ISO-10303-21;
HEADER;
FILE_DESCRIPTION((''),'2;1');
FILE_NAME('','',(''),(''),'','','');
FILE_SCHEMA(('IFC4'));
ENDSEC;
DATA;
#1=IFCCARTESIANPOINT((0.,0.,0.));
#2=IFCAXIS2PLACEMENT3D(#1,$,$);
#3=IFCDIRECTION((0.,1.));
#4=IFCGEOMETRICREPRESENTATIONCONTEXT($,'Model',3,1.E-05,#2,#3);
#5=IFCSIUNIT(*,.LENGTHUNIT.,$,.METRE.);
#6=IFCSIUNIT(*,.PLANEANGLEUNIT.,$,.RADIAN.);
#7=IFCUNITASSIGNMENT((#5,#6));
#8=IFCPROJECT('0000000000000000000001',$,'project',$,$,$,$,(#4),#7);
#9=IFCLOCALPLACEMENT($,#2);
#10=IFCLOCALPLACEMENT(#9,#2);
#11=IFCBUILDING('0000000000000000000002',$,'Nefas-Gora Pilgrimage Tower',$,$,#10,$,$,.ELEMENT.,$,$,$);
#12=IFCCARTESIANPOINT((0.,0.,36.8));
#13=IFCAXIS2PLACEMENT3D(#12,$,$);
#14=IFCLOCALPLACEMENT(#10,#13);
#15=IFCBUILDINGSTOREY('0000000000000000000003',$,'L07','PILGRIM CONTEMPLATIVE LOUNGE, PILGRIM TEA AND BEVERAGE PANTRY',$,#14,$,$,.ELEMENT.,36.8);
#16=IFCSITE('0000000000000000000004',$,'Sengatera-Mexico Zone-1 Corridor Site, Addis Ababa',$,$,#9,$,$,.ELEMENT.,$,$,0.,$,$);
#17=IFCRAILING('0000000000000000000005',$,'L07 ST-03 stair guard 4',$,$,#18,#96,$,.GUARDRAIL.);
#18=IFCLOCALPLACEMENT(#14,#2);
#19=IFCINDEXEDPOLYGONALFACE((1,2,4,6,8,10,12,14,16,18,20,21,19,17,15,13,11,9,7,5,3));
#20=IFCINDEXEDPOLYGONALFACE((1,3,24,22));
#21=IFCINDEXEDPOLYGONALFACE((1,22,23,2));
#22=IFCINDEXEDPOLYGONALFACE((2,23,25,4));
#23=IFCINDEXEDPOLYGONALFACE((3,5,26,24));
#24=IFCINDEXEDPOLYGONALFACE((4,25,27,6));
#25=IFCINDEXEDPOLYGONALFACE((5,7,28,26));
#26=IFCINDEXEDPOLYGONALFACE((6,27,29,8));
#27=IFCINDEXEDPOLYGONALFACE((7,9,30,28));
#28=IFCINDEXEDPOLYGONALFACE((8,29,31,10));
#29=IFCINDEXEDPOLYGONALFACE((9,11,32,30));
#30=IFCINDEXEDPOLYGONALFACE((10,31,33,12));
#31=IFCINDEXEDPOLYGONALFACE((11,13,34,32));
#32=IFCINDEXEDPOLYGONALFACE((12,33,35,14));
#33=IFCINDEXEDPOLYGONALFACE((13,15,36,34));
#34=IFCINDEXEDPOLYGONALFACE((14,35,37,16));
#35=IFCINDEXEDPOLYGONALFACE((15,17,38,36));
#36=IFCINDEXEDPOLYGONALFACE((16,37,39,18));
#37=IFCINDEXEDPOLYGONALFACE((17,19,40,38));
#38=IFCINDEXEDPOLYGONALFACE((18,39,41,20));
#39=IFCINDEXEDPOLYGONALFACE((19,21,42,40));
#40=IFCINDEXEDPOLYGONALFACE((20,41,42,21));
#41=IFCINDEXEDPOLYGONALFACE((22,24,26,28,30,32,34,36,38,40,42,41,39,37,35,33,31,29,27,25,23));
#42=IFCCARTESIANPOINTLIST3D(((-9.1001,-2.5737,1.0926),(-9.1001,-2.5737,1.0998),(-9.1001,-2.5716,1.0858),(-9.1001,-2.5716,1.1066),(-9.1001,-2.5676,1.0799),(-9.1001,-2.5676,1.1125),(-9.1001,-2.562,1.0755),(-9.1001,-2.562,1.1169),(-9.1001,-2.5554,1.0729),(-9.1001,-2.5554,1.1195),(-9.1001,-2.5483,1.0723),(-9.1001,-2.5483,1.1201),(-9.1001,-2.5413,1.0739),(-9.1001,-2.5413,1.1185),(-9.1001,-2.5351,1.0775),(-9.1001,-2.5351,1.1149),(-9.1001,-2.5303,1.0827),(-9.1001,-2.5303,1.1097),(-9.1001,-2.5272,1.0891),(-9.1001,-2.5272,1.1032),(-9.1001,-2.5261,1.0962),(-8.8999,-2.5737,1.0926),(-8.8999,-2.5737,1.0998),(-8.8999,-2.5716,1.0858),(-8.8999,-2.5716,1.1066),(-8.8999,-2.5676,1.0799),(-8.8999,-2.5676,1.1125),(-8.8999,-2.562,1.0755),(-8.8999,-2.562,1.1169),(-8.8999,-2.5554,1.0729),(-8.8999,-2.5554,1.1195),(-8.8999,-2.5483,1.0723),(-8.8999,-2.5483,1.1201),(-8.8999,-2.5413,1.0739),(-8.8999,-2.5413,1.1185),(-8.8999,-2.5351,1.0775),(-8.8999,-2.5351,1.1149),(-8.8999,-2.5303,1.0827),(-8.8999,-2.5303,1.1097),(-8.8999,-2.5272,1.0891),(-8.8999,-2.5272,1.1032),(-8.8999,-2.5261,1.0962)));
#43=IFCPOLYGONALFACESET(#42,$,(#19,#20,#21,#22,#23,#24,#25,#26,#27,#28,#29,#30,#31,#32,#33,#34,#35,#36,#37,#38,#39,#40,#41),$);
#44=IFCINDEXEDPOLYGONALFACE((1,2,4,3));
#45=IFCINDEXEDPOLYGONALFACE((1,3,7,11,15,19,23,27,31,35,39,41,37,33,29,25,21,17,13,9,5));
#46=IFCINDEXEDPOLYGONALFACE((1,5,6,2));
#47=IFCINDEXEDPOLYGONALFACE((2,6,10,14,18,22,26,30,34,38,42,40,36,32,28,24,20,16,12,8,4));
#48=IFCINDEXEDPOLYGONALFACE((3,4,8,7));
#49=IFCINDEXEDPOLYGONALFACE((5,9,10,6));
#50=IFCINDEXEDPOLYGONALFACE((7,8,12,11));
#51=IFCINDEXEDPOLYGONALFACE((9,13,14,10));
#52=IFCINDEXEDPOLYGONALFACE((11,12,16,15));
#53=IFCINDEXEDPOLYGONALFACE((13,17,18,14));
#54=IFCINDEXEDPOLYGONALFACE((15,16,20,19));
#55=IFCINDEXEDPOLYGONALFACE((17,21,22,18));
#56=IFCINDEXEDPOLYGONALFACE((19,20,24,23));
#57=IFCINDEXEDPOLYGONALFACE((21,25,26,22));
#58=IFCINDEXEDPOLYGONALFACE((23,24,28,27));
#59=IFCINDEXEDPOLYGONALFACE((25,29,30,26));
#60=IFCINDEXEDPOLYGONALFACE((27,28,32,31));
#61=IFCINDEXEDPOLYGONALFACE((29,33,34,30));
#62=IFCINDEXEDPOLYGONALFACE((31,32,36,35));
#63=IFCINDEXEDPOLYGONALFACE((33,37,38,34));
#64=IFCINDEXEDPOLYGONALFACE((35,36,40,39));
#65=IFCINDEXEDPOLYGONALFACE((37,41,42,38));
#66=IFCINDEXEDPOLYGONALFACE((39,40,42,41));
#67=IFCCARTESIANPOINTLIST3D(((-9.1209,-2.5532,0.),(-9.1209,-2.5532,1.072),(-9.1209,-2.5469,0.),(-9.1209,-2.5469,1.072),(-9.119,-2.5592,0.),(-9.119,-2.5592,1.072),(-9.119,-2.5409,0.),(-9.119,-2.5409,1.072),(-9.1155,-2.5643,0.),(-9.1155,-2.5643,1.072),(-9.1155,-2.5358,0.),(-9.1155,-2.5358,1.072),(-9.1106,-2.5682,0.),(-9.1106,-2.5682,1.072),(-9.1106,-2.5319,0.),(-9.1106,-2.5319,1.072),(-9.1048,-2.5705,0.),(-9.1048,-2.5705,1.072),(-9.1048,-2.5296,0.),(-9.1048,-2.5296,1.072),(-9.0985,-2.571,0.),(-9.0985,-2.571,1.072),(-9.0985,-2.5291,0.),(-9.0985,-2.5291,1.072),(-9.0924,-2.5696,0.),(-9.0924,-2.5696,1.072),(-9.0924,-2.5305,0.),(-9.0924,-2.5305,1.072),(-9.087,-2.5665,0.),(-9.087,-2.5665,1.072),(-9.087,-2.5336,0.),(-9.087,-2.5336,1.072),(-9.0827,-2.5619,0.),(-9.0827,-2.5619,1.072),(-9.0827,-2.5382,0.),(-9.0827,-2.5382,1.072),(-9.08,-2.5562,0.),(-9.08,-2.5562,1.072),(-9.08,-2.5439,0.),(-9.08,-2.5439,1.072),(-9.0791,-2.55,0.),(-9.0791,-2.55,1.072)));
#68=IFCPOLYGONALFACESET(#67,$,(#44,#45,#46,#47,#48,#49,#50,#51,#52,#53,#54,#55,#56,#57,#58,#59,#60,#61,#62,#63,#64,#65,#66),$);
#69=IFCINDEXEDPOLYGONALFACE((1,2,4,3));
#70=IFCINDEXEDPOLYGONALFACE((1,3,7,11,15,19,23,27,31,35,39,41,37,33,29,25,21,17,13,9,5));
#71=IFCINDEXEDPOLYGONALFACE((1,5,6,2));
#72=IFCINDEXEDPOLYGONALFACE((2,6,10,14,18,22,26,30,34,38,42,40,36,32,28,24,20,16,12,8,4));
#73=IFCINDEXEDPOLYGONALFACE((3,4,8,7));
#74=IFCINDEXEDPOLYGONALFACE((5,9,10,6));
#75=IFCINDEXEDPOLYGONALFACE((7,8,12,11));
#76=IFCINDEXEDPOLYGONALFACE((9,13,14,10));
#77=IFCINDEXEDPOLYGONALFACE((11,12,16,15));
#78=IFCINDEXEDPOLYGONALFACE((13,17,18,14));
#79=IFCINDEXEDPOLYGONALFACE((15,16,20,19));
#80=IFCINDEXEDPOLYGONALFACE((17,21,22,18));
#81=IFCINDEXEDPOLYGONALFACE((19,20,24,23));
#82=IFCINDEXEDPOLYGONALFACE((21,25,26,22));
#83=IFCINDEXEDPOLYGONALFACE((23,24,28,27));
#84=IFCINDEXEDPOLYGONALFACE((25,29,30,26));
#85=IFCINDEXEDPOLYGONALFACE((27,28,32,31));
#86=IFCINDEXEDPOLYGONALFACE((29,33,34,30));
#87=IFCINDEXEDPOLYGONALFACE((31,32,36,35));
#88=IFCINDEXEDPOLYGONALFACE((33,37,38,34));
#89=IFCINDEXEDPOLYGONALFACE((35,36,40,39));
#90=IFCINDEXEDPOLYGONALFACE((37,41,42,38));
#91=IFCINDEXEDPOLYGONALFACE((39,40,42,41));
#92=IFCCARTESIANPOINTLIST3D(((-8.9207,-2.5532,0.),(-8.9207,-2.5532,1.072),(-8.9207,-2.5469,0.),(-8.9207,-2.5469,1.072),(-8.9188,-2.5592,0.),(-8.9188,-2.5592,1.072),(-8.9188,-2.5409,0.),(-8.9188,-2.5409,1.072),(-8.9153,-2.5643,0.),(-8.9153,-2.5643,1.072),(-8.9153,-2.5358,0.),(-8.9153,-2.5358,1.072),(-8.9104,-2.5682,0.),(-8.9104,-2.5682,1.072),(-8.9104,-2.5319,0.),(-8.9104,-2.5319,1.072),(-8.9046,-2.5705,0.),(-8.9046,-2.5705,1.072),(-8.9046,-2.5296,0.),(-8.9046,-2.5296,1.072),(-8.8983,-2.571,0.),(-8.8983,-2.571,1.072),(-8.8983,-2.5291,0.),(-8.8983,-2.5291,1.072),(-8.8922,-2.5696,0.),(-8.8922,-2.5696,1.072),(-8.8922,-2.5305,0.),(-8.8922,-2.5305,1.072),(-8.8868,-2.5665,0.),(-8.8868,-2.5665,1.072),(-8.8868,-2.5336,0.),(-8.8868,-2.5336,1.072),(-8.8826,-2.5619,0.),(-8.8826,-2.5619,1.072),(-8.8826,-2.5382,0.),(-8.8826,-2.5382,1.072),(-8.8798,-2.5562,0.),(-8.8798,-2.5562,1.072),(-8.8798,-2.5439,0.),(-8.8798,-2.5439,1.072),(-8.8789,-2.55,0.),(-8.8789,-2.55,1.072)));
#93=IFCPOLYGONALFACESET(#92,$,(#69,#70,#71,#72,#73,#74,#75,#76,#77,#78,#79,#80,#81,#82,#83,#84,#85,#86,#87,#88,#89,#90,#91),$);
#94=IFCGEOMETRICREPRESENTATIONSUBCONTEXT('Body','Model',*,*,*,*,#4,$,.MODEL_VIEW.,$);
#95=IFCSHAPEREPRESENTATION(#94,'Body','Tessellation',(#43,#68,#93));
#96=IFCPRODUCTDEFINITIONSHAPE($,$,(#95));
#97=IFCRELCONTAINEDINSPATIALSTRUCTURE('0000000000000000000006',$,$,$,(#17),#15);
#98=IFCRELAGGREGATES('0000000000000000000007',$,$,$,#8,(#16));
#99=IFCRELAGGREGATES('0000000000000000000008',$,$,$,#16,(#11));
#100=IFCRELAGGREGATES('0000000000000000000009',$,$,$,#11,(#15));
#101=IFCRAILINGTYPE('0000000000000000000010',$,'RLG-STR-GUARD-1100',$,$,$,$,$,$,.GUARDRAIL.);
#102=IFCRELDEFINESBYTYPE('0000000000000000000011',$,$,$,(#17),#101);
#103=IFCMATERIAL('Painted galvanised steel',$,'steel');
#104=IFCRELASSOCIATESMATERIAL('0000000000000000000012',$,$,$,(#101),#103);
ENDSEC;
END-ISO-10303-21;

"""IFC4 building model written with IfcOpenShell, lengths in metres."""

from ifc_helpers import new_model, si_unit, direction, frame, origin, origin_2d, place, context, subcontext, project, spatial, circle, extrude, material, type_object, element, save


model = new_model("IFC4")

# Units and contexts
model_context = context("Model", 3, precision=1e-05, world=origin(), true_north=direction((0.0, 1.0)))
body_context = subcontext(model_context, "Body", "Model", "MODEL_VIEW")
ifc_project = project(units=[si_unit("LENGTHUNIT", "METRE"), si_unit("PLANEANGLEUNIT", "RADIAN")], contexts=[model_context])

# Site, building, storey
site_placement = place(None, origin())
site = spatial("IfcSite", under=ifc_project, at=site_placement, Name="Sengatera-Mexico Zone-1 Corridor Site, Addis Ababa", CompositionType="ELEMENT", RefElevation=0.0)
building_placement = place(site_placement, origin())
building = spatial("IfcBuilding", under=site, at=building_placement, Name="Nefas-Gora Pilgrimage Tower", CompositionType="ELEMENT")
storey_placement = place(building_placement, frame((0.0, 0.0, 36.8)))
storey = spatial("IfcBuildingStorey", under=building, at=storey_placement, Name="L07", Description="PILGRIM CONTEMPLATIVE LOUNGE, PILGRIM TEA AND BEVERAGE PANTRY", CompositionType="ELEMENT", Elevation=36.8)

# Railing
ifc_material_1 = material(Name="Painted galvanised steel", Category="steel")
railing_type_1 = type_object("IfcRailingType", Name="RLG-STR-GUARD-1100", PredefinedType="GUARDRAIL", material=ifc_material_1)
railing_1_placement = place(storey_placement, frame((-9.1001, -2.55, 0.0)))
element("IfcRailing", 1, at=railing_1_placement, inside=storey, type_object=railing_type_1, Name="L07 ST-03 stair guard 4", PredefinedType="GUARDRAIL", context=body_context, shape_type="SweptSolid", body=[
    extrude(circle(Radius=0.0239, at=origin_2d()), frame((0.0, 0.0, 1.0962), z_axis=(1.0, 0.0, 0.0), x_axis=(0.0, 1.0, 0.0)), (0.0, 0.0, 1.0), 0.2002),
    extrude(circle(Radius=0.021, at=origin_2d()), origin(), (0.0, 0.0, 1.0), 1.072),
    extrude(circle(Radius=0.021, at=origin_2d()), frame((0.2002, 0.0, 0.0)), (0.0, 0.0, 1.0), 1.072),
])

save(model, "model.ifc")
